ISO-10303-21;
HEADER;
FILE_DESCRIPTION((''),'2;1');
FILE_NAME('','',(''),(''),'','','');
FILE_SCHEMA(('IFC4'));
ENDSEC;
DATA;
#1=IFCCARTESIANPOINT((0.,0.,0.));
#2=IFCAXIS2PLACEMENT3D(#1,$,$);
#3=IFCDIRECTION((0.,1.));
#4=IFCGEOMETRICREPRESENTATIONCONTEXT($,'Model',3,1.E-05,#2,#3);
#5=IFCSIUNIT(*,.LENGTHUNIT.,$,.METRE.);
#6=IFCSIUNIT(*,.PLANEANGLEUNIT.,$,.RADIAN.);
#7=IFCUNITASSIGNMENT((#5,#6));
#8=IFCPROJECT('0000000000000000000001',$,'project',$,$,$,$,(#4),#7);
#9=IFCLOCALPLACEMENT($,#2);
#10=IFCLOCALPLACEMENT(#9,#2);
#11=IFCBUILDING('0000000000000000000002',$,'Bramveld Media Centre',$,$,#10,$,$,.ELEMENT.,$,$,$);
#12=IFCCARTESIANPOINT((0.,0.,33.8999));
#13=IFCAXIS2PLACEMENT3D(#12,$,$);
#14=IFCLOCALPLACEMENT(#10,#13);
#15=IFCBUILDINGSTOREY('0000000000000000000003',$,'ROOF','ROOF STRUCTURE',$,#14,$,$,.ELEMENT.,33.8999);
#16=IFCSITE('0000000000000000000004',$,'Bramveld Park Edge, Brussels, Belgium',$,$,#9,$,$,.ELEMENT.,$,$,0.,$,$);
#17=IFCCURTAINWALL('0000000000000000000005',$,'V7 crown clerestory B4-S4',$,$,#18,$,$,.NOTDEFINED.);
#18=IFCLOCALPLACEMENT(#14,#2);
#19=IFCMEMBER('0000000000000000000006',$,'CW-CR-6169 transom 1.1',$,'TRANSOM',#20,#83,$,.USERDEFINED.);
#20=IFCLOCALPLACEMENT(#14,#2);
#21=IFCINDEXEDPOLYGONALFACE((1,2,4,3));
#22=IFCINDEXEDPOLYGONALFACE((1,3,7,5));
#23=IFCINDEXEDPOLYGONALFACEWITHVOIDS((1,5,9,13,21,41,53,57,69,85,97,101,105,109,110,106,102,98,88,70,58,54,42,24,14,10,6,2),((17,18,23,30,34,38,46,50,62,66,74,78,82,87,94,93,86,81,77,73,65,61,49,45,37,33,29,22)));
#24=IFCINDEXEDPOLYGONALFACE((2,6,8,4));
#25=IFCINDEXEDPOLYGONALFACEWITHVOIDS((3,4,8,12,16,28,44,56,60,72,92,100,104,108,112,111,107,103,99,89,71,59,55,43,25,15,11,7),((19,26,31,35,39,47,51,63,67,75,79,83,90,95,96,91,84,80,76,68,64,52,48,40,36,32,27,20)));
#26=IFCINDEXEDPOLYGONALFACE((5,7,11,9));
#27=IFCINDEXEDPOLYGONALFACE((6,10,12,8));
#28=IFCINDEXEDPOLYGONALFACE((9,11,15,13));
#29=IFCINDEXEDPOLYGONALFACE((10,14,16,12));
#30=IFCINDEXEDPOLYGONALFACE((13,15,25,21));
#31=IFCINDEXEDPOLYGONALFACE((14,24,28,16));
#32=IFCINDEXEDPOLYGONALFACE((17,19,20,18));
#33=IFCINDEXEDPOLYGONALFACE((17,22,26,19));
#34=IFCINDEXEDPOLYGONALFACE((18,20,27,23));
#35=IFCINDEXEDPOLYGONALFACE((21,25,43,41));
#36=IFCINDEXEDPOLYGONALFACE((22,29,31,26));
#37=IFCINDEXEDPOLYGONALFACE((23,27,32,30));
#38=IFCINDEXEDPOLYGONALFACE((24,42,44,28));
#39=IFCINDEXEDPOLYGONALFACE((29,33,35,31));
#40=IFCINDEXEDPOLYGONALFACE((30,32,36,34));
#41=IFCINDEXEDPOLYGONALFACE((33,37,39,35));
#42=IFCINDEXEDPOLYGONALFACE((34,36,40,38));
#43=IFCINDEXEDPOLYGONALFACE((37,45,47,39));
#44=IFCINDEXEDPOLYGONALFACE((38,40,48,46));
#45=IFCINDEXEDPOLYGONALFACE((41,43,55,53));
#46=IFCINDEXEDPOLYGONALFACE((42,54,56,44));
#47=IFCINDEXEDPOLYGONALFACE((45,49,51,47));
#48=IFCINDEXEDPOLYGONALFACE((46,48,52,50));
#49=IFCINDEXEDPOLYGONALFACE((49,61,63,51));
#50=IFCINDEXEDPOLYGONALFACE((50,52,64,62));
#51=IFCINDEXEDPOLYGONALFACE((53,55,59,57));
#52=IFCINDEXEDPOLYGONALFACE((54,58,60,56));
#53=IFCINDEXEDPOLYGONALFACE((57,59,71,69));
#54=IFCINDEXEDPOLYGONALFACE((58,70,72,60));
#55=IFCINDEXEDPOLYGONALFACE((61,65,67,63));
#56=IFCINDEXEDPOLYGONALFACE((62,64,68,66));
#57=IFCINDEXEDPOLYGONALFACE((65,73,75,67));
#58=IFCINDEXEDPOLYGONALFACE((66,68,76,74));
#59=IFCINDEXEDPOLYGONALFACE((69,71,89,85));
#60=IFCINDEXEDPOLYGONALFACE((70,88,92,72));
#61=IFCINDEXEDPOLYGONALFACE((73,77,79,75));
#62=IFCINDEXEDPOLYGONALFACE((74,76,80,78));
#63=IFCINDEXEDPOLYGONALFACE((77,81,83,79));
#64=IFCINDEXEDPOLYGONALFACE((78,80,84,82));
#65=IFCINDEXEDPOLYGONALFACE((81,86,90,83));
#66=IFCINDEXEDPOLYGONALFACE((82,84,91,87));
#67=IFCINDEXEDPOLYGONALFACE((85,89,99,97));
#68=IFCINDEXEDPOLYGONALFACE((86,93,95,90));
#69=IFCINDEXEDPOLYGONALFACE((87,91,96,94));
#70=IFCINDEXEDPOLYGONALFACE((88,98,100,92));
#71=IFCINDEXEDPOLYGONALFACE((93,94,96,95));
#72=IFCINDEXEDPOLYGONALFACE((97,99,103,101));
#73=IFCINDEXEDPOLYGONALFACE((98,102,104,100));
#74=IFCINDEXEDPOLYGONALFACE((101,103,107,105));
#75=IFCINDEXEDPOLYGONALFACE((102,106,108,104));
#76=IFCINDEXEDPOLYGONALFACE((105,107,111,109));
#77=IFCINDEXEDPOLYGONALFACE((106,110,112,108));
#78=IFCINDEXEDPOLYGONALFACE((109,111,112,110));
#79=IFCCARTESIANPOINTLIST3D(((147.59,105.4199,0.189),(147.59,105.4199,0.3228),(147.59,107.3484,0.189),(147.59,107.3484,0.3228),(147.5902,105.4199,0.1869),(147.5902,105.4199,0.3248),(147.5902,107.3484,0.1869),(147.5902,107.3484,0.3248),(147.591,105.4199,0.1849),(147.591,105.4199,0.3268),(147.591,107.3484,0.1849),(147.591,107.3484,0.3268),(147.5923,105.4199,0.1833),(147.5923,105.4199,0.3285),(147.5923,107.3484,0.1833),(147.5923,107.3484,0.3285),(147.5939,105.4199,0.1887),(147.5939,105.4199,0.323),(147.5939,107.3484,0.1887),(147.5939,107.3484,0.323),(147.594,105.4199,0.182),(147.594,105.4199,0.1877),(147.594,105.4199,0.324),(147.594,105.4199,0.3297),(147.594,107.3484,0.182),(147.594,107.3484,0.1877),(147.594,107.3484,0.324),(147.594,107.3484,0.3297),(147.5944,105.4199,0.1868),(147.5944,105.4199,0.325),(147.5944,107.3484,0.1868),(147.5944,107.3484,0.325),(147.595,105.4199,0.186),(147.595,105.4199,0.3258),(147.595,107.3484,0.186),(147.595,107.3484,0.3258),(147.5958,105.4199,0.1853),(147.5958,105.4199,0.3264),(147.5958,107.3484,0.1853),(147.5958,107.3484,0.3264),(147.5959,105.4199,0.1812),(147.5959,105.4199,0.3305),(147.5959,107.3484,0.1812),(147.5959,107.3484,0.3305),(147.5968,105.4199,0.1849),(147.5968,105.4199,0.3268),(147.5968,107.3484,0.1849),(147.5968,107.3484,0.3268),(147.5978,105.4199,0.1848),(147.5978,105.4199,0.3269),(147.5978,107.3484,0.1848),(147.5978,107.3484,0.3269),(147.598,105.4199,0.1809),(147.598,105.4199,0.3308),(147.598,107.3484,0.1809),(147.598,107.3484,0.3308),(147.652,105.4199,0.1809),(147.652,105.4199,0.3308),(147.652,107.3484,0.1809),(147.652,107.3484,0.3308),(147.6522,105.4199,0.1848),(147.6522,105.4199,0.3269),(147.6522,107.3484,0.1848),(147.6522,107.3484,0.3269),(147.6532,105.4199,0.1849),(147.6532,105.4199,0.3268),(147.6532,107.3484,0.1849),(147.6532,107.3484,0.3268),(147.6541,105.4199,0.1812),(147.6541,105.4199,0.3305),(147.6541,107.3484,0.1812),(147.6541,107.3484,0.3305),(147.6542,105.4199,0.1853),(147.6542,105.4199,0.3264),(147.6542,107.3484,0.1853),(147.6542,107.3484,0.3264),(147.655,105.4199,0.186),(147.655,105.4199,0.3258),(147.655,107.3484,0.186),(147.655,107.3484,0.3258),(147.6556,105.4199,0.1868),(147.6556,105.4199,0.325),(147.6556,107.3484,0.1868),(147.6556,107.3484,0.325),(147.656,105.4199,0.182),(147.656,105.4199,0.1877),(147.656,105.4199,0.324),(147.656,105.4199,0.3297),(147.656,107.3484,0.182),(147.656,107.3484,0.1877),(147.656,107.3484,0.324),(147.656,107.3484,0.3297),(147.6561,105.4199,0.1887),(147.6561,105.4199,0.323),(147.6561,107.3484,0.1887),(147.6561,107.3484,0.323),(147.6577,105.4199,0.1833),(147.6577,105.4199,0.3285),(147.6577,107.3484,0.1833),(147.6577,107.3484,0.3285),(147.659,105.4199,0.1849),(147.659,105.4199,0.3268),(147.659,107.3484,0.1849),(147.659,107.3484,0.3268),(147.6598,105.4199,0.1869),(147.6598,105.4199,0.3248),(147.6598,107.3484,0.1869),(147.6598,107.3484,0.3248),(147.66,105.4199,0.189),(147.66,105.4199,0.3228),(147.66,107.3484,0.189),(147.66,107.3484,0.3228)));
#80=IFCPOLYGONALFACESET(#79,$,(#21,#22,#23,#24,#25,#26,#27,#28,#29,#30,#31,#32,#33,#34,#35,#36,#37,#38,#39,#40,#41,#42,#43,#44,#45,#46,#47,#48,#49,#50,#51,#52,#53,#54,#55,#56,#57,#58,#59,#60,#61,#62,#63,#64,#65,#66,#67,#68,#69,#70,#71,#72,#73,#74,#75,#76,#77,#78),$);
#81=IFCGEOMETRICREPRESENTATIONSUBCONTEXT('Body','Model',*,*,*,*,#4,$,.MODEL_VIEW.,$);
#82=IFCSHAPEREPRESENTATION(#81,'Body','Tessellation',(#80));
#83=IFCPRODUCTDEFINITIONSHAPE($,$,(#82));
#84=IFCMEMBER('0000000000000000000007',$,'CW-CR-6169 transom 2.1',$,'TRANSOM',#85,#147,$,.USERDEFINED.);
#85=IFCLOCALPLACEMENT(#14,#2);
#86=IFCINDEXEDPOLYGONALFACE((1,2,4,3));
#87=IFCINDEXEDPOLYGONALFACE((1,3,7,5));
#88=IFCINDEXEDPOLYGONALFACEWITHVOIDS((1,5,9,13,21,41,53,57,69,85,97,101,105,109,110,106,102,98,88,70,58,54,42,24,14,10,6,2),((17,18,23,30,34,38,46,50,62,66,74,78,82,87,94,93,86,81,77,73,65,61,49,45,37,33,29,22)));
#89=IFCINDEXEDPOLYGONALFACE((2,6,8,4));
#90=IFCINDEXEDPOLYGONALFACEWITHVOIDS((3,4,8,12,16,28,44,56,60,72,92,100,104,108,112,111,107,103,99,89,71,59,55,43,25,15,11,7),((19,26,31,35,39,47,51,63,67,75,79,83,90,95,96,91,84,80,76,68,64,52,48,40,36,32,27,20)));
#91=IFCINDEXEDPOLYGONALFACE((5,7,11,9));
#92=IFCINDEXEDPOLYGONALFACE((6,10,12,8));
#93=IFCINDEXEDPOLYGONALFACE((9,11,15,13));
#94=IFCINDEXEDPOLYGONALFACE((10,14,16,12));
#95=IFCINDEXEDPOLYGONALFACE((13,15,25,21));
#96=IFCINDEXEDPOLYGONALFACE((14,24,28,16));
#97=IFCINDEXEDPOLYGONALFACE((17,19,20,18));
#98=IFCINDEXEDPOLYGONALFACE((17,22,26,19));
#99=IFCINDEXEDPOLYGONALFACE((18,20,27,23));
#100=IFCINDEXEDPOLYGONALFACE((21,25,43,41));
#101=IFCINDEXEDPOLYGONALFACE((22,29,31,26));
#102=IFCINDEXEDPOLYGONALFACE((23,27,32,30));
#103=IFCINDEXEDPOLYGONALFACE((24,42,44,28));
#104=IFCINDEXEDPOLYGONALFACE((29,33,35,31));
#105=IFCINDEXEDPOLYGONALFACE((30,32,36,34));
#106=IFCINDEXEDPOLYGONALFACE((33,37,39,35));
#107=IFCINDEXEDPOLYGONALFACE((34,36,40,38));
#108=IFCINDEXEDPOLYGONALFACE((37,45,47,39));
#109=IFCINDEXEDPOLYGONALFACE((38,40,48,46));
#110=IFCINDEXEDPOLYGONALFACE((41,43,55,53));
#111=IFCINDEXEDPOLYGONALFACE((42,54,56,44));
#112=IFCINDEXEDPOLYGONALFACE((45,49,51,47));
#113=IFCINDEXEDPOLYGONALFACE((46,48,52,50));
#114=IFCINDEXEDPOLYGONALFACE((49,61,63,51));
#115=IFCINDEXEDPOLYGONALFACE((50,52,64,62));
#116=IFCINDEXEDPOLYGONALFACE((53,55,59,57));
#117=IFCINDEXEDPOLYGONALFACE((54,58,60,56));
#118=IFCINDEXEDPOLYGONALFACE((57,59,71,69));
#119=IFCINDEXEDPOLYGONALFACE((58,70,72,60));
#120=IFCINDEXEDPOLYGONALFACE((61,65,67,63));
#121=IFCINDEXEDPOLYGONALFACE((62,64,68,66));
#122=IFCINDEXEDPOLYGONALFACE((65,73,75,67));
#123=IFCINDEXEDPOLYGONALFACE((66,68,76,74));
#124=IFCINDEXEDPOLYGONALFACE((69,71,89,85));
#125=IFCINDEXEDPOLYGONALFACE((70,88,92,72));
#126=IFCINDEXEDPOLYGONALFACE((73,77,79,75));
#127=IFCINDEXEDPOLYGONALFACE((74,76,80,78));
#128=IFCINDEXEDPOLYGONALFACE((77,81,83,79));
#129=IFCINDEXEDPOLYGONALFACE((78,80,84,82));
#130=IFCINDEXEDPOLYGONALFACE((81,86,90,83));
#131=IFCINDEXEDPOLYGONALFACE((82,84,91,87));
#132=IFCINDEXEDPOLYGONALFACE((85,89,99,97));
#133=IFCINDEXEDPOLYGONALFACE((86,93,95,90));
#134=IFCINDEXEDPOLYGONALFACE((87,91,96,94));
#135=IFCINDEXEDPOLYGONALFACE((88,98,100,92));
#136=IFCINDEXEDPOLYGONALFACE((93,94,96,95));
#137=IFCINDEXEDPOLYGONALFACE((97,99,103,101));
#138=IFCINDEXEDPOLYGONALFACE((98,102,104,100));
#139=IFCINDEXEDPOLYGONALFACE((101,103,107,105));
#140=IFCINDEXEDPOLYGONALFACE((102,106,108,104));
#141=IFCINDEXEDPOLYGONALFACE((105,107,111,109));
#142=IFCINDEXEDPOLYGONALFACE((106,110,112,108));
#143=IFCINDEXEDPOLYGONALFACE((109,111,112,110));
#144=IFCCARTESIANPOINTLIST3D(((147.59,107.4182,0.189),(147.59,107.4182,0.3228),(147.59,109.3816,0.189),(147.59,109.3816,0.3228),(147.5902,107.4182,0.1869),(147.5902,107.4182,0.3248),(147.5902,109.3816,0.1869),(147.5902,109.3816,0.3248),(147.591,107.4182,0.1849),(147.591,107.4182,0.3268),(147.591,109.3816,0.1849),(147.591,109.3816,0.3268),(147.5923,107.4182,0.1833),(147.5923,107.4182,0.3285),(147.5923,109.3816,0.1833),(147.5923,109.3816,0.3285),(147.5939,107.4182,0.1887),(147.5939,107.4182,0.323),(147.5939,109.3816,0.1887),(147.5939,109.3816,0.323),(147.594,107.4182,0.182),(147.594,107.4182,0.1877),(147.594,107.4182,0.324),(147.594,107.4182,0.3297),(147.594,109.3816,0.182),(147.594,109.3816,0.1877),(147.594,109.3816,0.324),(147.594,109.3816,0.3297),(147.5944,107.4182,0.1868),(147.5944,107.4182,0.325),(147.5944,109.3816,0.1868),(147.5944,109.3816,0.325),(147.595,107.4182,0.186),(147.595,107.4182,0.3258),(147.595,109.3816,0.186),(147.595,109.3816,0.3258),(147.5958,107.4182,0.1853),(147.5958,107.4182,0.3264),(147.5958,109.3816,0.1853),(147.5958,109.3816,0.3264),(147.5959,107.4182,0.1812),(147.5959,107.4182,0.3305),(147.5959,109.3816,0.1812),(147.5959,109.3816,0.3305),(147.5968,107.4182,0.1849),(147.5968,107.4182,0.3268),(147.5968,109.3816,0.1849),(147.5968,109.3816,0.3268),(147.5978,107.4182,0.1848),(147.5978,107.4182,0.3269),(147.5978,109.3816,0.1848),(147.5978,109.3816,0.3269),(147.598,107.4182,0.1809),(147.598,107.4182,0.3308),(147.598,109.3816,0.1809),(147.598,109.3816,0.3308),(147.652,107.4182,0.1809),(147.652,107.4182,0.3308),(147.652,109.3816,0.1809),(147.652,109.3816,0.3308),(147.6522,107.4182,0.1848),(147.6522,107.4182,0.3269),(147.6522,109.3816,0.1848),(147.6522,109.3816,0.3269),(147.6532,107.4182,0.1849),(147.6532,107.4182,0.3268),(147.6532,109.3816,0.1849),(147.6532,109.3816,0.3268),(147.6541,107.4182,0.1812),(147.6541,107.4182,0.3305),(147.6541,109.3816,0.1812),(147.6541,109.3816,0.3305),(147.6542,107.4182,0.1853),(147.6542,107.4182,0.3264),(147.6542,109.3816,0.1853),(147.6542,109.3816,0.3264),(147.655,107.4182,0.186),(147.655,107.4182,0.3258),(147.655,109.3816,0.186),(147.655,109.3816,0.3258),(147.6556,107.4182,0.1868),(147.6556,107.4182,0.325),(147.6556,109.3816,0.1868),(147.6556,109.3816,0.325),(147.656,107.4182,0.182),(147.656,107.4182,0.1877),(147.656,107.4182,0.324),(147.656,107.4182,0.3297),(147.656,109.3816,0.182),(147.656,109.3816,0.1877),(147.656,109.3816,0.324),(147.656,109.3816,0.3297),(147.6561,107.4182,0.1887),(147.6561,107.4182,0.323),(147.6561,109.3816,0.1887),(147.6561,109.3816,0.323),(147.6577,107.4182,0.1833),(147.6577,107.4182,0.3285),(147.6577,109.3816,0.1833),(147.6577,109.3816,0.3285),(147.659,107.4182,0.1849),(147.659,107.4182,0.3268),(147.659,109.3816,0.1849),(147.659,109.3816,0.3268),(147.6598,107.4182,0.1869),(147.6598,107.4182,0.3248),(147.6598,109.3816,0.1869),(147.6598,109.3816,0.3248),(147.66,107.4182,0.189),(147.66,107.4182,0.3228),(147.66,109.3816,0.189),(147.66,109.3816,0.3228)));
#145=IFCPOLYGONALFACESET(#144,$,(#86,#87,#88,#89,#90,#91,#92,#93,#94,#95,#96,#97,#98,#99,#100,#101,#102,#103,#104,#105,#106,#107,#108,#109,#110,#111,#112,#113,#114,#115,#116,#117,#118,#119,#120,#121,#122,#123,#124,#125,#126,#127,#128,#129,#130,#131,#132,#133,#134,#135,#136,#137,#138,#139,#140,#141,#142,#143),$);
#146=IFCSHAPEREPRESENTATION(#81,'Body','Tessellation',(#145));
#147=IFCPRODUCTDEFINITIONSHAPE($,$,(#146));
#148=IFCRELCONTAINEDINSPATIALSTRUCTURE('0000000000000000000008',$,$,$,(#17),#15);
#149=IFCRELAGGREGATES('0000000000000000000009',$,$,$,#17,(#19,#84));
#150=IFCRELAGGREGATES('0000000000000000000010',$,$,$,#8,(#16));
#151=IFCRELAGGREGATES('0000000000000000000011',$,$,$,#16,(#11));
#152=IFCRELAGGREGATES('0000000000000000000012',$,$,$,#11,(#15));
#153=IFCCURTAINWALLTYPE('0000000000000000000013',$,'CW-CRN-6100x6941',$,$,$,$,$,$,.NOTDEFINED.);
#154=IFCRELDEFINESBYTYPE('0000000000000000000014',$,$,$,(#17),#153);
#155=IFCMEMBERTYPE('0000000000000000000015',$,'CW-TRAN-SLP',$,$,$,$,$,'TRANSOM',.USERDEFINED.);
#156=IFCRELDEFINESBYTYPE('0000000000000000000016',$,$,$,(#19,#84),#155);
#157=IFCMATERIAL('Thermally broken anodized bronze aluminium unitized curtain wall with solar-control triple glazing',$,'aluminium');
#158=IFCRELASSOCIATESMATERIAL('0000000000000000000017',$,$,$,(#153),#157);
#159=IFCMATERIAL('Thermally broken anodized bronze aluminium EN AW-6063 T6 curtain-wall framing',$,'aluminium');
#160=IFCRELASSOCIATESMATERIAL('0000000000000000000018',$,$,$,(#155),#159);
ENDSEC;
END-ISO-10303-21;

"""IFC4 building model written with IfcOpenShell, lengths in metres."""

from ifc_helpers import new_model, si_unit, direction, frame, origin, origin_2d, place, context, subcontext, project, spatial, hollow_rectangle, extrude, material, material_profile, profile_set, type_object, element, aggregate, save


model = new_model("IFC4")

# Units and contexts
model_context = context("Model", 3, precision=1e-05, world=origin(), true_north=direction((0.0, 1.0)))
body_context = subcontext(model_context, "Body", "Model", "MODEL_VIEW")
ifc_project = project(units=[si_unit("LENGTHUNIT", "METRE"), si_unit("PLANEANGLEUNIT", "RADIAN")], contexts=[model_context])

# Site, building, storey
site_placement = place(None, origin())
site = spatial("IfcSite", under=ifc_project, at=site_placement, Name="Bramveld Park Edge, Brussels, Belgium", CompositionType="ELEMENT", RefElevation=0.0)
building_placement = place(site_placement, origin())
building = spatial("IfcBuilding", under=site, at=building_placement, Name="Bramveld Media Centre", CompositionType="ELEMENT")
storey_placement = place(building_placement, frame((0.0, 0.0, 33.8999)))
storey = spatial("IfcBuildingStorey", under=building, at=storey_placement, Name="ROOF", Description="ROOF STRUCTURE", CompositionType="ELEMENT", Elevation=33.8999)

# Curtain wall
ifc_material_1 = material(Name="Thermally broken anodized bronze aluminium unitized curtain wall with solar-control triple glazing", Category="aluminium")
curtain_wall_type = type_object("IfcCurtainWallType", Name="CW-CRN-6100x6941", PredefinedType="NOTDEFINED", material=ifc_material_1)
curtain_wall_1_placement = place(storey_placement, origin())
curtain_wall_1 = element("IfcCurtainWall", 1, at=curtain_wall_1_placement, inside=storey, type_object=curtain_wall_type, Name="V7 crown clerestory B4-S4", PredefinedType="NOTDEFINED")

# Members
ifc_material_2 = material(Name="Thermally broken anodized bronze aluminium EN AW-6063 T6 curtain-wall framing", Category="aluminium")
ifc_material_profile_1 = material_profile(ifc_material_2, hollow_rectangle(XDim=0.0701, YDim=0.1499, WallThickness=0.0039, InnerFilletRadius=0.0039, OuterFilletRadius=0.0081, at=origin_2d()), Name="AL-TRAN 70x150")
ifc_profile_set_1 = profile_set([ifc_material_profile_1], Name="Thermally broken anodized bronze aluminium EN AW-6063 T6 curtain-wall framing")
member_type_1 = type_object("IfcMemberType", Name="CW-TRAN-SLP", ElementType="TRANSOM", PredefinedType="USERDEFINED", material=ifc_profile_set_1)
member_1_placement = place(storey_placement, frame((147.625, 105.4199, 0.2559), z_axis=(0.0, 1.0, 0.0), x_axis=(-1.0, 0.0, 0.0)))
member_1 = element("IfcMember", 2, at=member_1_placement, type_object=member_type_1, Name="CW-CR-6169 transom 1.1", ObjectType="TRANSOM", PredefinedType="USERDEFINED", context=body_context, shape_type="SweptSolid", body=[
    extrude(hollow_rectangle(XDim=0.0701, YDim=0.1499, WallThickness=0.0039, InnerFilletRadius=0.0039, OuterFilletRadius=0.0081, at=origin_2d()), origin(), (0.0, 0.0, 1.0), 1.9285),
])
member_2_placement = place(storey_placement, frame((147.625, 107.4182, 0.2559), z_axis=(0.0, 1.0, 0.0), x_axis=(-1.0, 0.0, 0.0)))
member_2 = element("IfcMember", 3, at=member_2_placement, type_object=member_type_1, Name="CW-CR-6169 transom 2.1", ObjectType="TRANSOM", PredefinedType="USERDEFINED", context=body_context, shape_type="SweptSolid", body=[
    extrude(hollow_rectangle(XDim=0.0701, YDim=0.1499, WallThickness=0.0039, InnerFilletRadius=0.0039, OuterFilletRadius=0.0081, at=origin_2d()), origin(), (0.0, 0.0, 1.0), 1.9634),
])
aggregate(curtain_wall_1, [member_1, member_2])

save(model, "model.ifc")
